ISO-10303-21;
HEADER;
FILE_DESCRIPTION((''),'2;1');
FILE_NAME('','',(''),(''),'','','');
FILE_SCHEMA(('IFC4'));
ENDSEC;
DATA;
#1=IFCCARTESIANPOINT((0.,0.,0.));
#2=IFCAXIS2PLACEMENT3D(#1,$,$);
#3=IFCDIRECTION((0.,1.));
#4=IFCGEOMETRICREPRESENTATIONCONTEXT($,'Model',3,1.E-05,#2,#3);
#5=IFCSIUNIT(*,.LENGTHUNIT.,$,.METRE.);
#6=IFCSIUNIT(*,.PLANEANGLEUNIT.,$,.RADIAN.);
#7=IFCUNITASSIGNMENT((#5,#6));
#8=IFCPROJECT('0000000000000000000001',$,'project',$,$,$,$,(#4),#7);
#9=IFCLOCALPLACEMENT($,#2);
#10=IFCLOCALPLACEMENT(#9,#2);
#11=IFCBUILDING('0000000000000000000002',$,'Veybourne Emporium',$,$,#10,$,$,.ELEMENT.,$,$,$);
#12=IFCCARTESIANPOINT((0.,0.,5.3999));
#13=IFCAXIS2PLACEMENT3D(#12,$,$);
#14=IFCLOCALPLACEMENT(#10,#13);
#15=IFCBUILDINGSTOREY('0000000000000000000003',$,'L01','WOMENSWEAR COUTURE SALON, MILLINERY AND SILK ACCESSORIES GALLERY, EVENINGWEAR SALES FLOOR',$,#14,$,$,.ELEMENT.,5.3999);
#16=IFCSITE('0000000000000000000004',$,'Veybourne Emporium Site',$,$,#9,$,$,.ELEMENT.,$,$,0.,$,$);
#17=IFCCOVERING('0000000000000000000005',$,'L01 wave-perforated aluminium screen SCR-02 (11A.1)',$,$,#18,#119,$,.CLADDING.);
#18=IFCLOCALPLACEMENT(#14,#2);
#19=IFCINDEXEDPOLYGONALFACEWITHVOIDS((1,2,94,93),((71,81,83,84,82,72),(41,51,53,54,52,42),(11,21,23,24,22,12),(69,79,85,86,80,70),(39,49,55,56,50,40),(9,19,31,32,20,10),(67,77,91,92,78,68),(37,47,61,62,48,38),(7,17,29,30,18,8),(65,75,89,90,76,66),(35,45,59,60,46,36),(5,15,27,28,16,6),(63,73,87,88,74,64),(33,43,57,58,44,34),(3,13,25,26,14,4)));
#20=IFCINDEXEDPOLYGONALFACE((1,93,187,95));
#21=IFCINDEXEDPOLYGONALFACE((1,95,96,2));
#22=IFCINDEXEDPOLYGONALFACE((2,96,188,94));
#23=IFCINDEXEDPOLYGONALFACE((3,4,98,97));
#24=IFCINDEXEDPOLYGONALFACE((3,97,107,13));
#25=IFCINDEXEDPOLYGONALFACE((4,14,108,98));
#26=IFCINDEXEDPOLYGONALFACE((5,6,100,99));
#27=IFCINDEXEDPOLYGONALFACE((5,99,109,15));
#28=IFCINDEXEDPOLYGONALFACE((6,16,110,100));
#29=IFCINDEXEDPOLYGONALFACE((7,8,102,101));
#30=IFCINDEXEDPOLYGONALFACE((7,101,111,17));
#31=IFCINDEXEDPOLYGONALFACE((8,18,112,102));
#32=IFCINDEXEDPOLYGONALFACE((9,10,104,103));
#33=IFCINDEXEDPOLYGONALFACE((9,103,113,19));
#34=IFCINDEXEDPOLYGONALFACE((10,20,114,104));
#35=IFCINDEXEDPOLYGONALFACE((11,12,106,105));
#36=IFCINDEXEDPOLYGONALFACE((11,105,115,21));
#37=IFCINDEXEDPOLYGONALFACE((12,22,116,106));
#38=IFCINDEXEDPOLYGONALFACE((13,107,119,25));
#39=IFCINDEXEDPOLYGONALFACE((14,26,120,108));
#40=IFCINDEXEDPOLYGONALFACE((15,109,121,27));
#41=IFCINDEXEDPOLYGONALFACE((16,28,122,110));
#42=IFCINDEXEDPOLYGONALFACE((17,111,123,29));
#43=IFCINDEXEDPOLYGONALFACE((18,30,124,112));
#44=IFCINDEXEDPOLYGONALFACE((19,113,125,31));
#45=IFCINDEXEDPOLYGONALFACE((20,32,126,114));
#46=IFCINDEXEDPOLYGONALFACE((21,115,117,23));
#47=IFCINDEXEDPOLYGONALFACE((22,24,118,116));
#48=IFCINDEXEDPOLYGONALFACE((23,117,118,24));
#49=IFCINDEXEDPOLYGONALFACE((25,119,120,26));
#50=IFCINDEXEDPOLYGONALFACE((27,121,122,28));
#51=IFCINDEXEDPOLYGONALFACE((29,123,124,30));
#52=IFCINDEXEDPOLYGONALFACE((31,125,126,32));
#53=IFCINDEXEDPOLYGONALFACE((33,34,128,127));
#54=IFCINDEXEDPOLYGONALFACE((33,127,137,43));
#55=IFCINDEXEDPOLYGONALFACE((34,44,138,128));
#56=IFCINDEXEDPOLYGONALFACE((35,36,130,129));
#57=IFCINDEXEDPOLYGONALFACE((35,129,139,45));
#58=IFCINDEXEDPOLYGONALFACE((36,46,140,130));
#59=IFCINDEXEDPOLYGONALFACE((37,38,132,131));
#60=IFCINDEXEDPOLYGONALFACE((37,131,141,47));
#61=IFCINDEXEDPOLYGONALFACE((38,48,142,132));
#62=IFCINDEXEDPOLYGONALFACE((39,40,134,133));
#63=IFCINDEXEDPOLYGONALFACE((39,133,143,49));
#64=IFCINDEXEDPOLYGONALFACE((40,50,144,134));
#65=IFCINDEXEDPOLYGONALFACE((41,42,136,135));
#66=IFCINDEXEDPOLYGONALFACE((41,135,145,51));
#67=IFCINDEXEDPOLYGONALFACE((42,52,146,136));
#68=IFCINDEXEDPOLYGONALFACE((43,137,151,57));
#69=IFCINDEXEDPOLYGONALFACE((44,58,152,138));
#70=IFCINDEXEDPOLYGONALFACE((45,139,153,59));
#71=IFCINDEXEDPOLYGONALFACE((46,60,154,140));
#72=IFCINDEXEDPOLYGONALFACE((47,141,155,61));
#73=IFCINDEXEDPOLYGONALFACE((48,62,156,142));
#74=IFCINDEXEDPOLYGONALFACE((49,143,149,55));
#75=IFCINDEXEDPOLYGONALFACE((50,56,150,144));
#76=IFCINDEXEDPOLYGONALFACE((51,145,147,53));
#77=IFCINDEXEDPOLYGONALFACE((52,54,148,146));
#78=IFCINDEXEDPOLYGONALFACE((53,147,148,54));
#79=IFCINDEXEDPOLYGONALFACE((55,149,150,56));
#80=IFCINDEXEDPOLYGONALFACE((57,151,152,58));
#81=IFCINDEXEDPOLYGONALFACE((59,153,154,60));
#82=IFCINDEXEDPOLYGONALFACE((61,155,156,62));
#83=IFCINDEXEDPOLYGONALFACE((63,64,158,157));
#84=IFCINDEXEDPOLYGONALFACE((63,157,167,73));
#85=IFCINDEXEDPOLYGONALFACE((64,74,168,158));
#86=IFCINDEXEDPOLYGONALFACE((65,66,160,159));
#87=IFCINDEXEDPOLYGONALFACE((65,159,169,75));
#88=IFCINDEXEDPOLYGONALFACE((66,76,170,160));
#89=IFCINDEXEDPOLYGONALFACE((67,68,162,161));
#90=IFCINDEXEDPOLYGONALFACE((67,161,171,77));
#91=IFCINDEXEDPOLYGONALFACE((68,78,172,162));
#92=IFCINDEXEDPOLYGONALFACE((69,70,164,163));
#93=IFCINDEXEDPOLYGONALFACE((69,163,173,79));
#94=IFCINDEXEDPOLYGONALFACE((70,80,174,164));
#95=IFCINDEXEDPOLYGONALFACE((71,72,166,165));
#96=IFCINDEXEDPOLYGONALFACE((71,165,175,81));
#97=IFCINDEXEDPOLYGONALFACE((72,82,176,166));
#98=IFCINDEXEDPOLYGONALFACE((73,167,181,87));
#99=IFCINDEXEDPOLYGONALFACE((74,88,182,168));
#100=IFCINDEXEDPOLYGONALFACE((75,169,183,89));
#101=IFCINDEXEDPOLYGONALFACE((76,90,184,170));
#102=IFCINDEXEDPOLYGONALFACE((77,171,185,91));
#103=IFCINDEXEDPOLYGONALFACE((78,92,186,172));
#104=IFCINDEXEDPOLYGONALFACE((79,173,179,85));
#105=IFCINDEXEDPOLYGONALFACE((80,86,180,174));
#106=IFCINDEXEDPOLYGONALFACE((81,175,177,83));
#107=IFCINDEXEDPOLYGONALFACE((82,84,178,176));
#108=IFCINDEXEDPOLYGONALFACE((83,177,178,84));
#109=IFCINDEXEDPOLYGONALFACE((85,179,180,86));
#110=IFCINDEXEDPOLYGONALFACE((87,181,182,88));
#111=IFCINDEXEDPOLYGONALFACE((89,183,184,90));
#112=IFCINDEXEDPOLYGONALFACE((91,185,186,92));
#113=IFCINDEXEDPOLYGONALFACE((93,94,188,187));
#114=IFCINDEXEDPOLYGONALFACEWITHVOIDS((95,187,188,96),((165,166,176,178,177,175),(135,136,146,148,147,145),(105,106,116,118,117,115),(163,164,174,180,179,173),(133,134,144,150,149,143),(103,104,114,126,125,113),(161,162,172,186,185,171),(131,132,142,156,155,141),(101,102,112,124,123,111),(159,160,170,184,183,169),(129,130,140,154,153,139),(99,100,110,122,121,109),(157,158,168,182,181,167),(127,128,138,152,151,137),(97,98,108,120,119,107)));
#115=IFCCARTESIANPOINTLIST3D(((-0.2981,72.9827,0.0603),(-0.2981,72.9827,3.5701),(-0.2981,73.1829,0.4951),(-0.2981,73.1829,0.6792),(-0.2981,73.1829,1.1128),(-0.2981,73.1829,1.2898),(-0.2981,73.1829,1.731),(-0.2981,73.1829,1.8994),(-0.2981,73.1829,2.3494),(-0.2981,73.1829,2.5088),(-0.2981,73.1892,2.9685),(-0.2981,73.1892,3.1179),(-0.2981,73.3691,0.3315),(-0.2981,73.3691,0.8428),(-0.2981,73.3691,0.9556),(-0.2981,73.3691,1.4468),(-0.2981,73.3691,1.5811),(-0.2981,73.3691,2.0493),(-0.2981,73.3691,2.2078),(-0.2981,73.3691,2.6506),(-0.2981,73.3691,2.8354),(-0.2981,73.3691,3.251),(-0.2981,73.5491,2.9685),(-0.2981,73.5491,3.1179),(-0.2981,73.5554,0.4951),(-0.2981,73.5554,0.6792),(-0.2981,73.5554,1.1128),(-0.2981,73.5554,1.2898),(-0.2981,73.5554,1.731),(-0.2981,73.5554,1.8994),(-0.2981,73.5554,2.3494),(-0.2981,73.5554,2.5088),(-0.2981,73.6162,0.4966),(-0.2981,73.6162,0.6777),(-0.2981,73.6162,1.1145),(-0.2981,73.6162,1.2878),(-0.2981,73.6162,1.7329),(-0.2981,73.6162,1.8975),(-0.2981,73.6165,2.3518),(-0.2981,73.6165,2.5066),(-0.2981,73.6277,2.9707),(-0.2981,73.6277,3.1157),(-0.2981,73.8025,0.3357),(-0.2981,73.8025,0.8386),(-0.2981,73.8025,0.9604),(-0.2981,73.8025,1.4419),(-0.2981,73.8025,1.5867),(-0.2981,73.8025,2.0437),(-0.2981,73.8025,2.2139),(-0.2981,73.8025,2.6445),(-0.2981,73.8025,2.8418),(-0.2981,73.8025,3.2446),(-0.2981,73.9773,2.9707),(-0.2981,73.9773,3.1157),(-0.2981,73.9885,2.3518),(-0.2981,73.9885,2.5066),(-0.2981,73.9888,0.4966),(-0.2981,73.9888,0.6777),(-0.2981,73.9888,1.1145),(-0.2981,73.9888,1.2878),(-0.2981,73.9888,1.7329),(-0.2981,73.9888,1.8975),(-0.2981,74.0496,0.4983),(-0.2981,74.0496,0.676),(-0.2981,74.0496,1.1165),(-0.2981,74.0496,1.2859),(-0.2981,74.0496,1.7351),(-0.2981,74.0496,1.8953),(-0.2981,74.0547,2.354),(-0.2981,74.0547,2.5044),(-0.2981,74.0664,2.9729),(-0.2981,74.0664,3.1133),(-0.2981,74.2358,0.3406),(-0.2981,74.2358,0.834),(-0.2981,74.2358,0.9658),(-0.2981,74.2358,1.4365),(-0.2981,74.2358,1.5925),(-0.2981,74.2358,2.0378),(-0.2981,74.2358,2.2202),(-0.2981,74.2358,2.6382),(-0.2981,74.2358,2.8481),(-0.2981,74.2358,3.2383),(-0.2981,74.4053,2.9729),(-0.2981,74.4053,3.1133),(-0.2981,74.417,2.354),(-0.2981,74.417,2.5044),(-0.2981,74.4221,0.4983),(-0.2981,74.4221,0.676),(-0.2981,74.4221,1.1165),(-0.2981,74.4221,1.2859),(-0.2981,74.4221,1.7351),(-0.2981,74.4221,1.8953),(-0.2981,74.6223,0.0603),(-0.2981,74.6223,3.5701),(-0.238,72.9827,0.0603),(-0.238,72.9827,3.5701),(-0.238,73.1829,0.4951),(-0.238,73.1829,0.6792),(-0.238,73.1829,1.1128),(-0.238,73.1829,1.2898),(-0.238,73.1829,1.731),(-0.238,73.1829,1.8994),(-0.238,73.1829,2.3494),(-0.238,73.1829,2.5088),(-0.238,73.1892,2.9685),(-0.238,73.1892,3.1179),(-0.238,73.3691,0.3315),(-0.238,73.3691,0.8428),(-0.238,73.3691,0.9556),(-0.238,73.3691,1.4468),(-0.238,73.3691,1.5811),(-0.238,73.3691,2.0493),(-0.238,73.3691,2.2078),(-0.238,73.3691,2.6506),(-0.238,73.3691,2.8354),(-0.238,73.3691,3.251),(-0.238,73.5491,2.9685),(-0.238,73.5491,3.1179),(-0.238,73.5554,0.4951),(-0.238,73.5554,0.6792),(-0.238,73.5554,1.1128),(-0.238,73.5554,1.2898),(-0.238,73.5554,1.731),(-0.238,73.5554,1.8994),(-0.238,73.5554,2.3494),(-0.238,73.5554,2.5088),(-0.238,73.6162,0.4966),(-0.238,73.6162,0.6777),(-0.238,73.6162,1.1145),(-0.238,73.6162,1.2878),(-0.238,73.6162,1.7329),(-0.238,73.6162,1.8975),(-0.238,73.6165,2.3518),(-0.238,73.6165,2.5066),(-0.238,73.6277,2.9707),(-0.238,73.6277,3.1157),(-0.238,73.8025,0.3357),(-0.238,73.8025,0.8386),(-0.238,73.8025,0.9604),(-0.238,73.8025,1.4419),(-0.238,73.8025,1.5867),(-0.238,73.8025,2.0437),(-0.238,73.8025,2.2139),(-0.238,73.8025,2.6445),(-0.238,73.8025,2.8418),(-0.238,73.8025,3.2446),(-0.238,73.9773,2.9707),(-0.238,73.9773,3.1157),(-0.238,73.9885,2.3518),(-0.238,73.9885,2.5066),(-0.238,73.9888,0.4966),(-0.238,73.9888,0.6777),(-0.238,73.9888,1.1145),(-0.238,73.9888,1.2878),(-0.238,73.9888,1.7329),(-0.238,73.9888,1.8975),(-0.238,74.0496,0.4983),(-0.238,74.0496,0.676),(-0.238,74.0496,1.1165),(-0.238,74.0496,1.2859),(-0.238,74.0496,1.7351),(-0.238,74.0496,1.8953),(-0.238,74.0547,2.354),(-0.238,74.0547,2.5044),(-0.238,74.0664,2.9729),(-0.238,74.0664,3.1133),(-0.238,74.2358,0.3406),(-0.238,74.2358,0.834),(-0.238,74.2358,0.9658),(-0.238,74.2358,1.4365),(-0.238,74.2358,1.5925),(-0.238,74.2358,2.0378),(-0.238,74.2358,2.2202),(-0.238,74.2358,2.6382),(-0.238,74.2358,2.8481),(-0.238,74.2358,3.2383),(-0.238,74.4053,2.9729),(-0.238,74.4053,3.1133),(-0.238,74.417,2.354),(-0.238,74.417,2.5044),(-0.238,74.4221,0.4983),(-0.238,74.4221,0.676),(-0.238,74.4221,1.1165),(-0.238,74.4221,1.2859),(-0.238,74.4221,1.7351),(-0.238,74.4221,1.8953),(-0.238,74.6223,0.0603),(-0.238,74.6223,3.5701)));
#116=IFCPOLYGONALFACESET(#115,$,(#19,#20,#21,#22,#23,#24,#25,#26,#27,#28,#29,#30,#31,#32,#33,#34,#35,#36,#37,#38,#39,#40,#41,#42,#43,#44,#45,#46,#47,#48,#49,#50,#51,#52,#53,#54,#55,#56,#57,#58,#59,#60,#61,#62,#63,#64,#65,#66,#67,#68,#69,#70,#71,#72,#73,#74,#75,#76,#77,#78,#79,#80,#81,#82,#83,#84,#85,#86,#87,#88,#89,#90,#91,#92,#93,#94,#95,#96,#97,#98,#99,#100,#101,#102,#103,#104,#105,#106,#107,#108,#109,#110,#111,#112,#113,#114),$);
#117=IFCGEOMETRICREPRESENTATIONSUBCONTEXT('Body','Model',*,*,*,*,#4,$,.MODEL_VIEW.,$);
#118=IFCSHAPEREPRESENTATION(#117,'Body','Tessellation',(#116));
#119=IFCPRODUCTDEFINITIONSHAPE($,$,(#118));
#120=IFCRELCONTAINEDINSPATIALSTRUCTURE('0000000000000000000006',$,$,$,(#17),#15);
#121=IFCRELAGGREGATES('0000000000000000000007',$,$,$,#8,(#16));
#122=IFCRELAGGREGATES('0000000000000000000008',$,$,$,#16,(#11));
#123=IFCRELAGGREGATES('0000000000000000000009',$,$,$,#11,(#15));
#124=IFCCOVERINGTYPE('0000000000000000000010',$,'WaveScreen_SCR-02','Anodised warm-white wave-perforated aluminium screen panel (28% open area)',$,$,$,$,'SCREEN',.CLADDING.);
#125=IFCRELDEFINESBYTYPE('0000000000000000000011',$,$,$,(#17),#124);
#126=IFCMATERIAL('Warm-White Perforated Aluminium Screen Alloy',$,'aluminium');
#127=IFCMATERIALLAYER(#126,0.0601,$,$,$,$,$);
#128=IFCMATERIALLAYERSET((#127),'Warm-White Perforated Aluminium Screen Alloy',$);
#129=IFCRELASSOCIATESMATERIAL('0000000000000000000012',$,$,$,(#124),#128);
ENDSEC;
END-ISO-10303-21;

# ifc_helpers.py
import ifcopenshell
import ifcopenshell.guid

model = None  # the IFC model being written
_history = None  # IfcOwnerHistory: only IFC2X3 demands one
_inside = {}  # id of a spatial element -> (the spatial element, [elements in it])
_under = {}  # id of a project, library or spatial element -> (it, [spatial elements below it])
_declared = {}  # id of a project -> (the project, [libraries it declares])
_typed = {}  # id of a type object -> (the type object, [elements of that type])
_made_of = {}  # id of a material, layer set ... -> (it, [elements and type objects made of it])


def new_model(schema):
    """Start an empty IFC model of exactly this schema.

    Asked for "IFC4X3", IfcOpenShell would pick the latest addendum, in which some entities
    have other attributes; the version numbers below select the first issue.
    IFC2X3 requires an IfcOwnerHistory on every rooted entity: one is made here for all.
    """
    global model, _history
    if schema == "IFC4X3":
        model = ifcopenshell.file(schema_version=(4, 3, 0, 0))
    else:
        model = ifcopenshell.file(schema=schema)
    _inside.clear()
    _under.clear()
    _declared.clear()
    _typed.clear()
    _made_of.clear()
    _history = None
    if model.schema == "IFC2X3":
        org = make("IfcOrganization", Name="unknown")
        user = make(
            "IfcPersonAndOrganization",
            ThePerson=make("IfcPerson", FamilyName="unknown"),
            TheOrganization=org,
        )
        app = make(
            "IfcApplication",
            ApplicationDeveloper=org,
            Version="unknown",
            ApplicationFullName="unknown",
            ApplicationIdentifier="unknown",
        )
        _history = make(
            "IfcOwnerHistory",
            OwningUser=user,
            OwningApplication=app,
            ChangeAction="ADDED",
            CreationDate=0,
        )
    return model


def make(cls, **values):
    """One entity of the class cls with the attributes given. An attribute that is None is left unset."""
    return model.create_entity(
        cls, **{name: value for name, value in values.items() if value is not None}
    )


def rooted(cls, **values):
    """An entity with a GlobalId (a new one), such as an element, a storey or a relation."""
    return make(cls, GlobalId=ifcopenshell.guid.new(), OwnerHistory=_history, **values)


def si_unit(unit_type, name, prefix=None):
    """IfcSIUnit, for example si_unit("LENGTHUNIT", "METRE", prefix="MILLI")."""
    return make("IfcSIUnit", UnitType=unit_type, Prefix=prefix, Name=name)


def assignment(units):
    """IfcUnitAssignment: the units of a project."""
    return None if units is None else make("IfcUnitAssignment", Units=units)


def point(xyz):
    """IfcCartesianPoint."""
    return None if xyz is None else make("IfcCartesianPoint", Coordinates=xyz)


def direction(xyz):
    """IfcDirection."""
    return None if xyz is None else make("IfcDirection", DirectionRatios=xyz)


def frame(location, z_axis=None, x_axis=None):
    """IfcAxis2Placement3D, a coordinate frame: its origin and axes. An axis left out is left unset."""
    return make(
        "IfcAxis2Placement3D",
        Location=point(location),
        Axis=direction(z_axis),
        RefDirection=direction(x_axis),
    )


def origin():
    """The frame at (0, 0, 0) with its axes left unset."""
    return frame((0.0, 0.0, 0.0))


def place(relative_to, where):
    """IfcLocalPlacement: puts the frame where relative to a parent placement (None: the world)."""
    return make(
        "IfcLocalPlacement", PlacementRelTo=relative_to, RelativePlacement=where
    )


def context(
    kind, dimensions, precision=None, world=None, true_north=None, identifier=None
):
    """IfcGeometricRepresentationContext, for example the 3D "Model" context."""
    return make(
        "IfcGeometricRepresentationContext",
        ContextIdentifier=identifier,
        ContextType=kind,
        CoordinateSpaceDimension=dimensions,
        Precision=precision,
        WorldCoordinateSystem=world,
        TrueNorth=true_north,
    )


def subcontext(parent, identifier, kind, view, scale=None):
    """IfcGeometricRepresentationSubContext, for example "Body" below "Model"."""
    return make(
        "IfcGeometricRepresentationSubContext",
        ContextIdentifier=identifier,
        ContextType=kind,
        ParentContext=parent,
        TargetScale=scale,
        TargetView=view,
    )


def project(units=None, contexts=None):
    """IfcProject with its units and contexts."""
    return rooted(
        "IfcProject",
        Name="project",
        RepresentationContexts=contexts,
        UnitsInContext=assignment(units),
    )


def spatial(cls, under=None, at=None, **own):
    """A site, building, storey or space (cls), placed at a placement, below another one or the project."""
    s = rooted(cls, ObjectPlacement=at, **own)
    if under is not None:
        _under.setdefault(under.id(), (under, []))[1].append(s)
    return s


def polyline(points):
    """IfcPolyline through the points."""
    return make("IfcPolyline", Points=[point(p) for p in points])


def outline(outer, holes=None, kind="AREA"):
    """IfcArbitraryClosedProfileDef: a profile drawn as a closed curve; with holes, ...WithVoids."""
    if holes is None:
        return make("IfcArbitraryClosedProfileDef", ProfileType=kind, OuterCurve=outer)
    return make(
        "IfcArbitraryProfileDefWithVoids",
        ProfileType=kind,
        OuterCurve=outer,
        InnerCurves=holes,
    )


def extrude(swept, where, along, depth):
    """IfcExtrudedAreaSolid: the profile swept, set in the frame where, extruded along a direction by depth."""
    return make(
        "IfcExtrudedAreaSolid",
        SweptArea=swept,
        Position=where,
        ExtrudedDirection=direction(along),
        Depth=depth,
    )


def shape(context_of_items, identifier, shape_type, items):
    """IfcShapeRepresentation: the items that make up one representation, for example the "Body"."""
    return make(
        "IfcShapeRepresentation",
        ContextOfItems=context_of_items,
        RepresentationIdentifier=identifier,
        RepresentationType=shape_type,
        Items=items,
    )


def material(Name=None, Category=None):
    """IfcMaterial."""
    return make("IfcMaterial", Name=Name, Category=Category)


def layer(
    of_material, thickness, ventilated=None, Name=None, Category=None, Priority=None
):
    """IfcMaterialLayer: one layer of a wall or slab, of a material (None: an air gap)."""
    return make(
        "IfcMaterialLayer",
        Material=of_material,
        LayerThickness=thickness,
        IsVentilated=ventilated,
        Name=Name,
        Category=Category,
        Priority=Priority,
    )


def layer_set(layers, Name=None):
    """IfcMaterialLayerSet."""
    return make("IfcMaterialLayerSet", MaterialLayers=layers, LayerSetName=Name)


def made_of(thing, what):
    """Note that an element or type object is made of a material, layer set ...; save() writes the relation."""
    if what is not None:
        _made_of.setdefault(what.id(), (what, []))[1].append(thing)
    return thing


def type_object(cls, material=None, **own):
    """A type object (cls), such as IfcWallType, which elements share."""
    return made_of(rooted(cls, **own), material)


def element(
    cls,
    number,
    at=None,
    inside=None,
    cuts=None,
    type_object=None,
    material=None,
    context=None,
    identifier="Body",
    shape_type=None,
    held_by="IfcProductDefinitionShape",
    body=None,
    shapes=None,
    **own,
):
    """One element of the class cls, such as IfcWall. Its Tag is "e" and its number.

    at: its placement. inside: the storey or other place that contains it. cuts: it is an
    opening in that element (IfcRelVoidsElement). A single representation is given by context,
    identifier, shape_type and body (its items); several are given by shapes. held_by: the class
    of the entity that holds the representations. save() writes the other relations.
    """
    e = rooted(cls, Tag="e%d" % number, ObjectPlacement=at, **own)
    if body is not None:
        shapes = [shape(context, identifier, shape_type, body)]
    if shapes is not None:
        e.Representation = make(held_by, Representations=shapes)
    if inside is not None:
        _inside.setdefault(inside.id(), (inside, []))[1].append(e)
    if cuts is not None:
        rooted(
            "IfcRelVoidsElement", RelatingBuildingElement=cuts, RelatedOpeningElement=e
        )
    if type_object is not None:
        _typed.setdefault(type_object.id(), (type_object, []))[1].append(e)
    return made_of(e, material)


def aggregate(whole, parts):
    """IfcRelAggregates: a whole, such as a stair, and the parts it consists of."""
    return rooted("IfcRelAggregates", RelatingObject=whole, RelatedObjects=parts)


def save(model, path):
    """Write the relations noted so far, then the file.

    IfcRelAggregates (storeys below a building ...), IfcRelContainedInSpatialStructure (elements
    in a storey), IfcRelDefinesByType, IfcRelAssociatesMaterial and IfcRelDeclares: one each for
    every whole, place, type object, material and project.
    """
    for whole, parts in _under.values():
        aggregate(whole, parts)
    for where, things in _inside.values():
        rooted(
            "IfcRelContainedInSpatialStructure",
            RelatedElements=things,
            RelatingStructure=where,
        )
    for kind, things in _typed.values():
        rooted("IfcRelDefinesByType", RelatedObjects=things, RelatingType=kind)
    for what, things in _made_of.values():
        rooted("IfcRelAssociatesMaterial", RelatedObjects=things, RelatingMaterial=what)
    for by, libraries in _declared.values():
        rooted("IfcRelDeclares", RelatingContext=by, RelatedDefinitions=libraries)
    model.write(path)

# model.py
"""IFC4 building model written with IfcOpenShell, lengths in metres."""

from ifc_helpers import new_model, si_unit, direction, frame, origin, place, context, subcontext, project, spatial, polyline, outline, extrude, material, layer, layer_set, type_object, element, save


model = new_model("IFC4")

# Units and contexts
model_context = context("Model", 3, precision=1e-05, world=origin(), true_north=direction((0.0, 1.0)))
body_context = subcontext(model_context, "Body", "Model", "MODEL_VIEW")
ifc_project = project(units=[si_unit("LENGTHUNIT", "METRE"), si_unit("PLANEANGLEUNIT", "RADIAN")], contexts=[model_context])

# Site, building, storey
site_placement = place(None, origin())
site = spatial("IfcSite", under=ifc_project, at=site_placement, Name="Veybourne Emporium Site", CompositionType="ELEMENT", RefElevation=0.0)
building_placement = place(site_placement, origin())
building = spatial("IfcBuilding", under=site, at=building_placement, Name="Veybourne Emporium", CompositionType="ELEMENT")
storey_placement = place(building_placement, frame((0.0, 0.0, 5.3999)))
storey = spatial("IfcBuildingStorey", under=building, at=storey_placement, Name="L01", Description="WOMENSWEAR COUTURE SALON, MILLINERY AND SILK ACCESSORIES GALLERY, EVENINGWEAR SALES FLOOR", CompositionType="ELEMENT", Elevation=5.3999)

# Covering
ifc_material_1 = material(Name="Warm-White Perforated Aluminium Screen Alloy", Category="aluminium")
ifc_layer_1 = layer(ifc_material_1, 0.0601)
ifc_layer_set_1 = layer_set([ifc_layer_1], Name="Warm-White Perforated Aluminium Screen Alloy")
covering_type_1 = type_object("IfcCoveringType", Name="WaveScreen_SCR-02", Description="Anodised warm-white wave-perforated aluminium screen panel (28% open area)", ElementType="SCREEN", PredefinedType="CLADDING", material=ifc_layer_set_1)
covering_1_placement = place(storey_placement, frame((-0.2981, 73.8025, 1.8152), z_axis=(1.0, 0.0, 0.0), x_axis=(0.0, 1.0, 0.0)))
element("IfcCovering", 1, at=covering_1_placement, inside=storey, type_object=covering_type_1, Name="L01 wave-perforated aluminium screen SCR-02 (11A.1)", PredefinedType="CLADDING", context=body_context, shape_type="SweptSolid", body=[
    extrude(outline(polyline([(-0.8198, -1.7549), (0.8198, -1.7549), (0.8198, 1.7549), (-0.8198, 1.7549), (-0.8198, -1.7549)]), holes=[polyline([(-0.4333, -0.9724), (-0.2471, -1.136), (-0.2471, -1.3201), (-0.4333, -1.4836), (-0.6196, -1.3201), (-0.6196, -1.136), (-0.4333, -0.9724)]), polyline([(-0.4333, -0.3684), (-0.2471, -0.5254), (-0.2471, -0.7024), (-0.4333, -0.8596), (-0.6196, -0.7024), (-0.6196, -0.5254), (-0.4333, -0.3684)]), polyline([(-0.4333, 0.2341), (-0.2471, 0.0842), (-0.2471, -0.0842), (-0.4333, -0.2341), (-0.6196, -0.0842), (-0.6196, 0.0842), (-0.4333, 0.2341)]), polyline([(-0.4333, 0.8354), (-0.2471, 0.6936), (-0.2471, 0.5342), (-0.4333, 0.3926), (-0.6196, 0.5342), (-0.6196, 0.6936), (-0.4333, 0.8354)]), polyline([(-0.4333, 1.4358), (-0.2534, 1.3027), (-0.2534, 1.1533), (-0.4333, 1.0203), (-0.6133, 1.1533), (-0.6133, 1.3027), (-0.4333, 1.4358)]), polyline([(0.0, -0.9766), (0.1863, -1.1375), (0.1863, -1.3186), (0.0, -1.4795), (-0.1863, -1.3186), (-0.1863, -1.1375), (0.0, -0.9766)]), polyline([(0.0, -0.3733), (0.1863, -0.5273), (0.1863, -0.7007), (0.0, -0.8547), (-0.1863, -0.7007), (-0.1863, -0.5273), (0.0, -0.3733)]), polyline([(0.0, 0.2285), (0.1863, 0.0823), (0.1863, -0.0823), (0.0, -0.2285), (-0.1863, -0.0823), (-0.1863, 0.0823), (0.0, 0.2285)]), polyline([(0.0, 0.8293), (0.186, 0.6914), (0.186, 0.5366), (0.0, 0.3987), (-0.186, 0.5366), (-0.186, 0.6914), (0.0, 0.8293)]), polyline([(0.0, 1.4294), (0.1748, 1.3005), (0.1748, 1.1555), (0.0, 1.0266), (-0.1748, 1.1555), (-0.1748, 1.3005), (0.0, 1.4294)]), polyline([(0.4333, -0.9812), (0.6196, -1.1392), (0.6196, -1.3169), (0.4333, -1.4746), (0.2471, -1.3169), (0.2471, -1.1392), (0.4333, -0.9812)]), polyline([(0.4333, -0.3787), (0.6196, -0.5293), (0.6196, -0.6987), (0.4333, -0.8494), (0.2471, -0.6987), (0.2471, -0.5293), (0.4333, -0.3787)]), polyline([(0.4333, 0.2227), (0.6196, 0.0801), (0.6196, -0.0801), (0.4333, -0.2227), (0.2471, -0.0801), (0.2471, 0.0801), (0.4333, 0.2227)]), polyline([(0.4333, 0.823), (0.6145, 0.6892), (0.6145, 0.5388), (0.4333, 0.405), (0.2522, 0.5388), (0.2522, 0.6892), (0.4333, 0.823)]), polyline([(0.4333, 1.4231), (0.6028, 1.2981), (0.6028, 1.1577), (0.4333, 1.033), (0.2639, 1.1577), (0.2639, 1.2981), (0.4333, 1.4231)])]), origin(), (0.0, 0.0, 1.0), 0.0601),
])

save(model, "model.ifc")
